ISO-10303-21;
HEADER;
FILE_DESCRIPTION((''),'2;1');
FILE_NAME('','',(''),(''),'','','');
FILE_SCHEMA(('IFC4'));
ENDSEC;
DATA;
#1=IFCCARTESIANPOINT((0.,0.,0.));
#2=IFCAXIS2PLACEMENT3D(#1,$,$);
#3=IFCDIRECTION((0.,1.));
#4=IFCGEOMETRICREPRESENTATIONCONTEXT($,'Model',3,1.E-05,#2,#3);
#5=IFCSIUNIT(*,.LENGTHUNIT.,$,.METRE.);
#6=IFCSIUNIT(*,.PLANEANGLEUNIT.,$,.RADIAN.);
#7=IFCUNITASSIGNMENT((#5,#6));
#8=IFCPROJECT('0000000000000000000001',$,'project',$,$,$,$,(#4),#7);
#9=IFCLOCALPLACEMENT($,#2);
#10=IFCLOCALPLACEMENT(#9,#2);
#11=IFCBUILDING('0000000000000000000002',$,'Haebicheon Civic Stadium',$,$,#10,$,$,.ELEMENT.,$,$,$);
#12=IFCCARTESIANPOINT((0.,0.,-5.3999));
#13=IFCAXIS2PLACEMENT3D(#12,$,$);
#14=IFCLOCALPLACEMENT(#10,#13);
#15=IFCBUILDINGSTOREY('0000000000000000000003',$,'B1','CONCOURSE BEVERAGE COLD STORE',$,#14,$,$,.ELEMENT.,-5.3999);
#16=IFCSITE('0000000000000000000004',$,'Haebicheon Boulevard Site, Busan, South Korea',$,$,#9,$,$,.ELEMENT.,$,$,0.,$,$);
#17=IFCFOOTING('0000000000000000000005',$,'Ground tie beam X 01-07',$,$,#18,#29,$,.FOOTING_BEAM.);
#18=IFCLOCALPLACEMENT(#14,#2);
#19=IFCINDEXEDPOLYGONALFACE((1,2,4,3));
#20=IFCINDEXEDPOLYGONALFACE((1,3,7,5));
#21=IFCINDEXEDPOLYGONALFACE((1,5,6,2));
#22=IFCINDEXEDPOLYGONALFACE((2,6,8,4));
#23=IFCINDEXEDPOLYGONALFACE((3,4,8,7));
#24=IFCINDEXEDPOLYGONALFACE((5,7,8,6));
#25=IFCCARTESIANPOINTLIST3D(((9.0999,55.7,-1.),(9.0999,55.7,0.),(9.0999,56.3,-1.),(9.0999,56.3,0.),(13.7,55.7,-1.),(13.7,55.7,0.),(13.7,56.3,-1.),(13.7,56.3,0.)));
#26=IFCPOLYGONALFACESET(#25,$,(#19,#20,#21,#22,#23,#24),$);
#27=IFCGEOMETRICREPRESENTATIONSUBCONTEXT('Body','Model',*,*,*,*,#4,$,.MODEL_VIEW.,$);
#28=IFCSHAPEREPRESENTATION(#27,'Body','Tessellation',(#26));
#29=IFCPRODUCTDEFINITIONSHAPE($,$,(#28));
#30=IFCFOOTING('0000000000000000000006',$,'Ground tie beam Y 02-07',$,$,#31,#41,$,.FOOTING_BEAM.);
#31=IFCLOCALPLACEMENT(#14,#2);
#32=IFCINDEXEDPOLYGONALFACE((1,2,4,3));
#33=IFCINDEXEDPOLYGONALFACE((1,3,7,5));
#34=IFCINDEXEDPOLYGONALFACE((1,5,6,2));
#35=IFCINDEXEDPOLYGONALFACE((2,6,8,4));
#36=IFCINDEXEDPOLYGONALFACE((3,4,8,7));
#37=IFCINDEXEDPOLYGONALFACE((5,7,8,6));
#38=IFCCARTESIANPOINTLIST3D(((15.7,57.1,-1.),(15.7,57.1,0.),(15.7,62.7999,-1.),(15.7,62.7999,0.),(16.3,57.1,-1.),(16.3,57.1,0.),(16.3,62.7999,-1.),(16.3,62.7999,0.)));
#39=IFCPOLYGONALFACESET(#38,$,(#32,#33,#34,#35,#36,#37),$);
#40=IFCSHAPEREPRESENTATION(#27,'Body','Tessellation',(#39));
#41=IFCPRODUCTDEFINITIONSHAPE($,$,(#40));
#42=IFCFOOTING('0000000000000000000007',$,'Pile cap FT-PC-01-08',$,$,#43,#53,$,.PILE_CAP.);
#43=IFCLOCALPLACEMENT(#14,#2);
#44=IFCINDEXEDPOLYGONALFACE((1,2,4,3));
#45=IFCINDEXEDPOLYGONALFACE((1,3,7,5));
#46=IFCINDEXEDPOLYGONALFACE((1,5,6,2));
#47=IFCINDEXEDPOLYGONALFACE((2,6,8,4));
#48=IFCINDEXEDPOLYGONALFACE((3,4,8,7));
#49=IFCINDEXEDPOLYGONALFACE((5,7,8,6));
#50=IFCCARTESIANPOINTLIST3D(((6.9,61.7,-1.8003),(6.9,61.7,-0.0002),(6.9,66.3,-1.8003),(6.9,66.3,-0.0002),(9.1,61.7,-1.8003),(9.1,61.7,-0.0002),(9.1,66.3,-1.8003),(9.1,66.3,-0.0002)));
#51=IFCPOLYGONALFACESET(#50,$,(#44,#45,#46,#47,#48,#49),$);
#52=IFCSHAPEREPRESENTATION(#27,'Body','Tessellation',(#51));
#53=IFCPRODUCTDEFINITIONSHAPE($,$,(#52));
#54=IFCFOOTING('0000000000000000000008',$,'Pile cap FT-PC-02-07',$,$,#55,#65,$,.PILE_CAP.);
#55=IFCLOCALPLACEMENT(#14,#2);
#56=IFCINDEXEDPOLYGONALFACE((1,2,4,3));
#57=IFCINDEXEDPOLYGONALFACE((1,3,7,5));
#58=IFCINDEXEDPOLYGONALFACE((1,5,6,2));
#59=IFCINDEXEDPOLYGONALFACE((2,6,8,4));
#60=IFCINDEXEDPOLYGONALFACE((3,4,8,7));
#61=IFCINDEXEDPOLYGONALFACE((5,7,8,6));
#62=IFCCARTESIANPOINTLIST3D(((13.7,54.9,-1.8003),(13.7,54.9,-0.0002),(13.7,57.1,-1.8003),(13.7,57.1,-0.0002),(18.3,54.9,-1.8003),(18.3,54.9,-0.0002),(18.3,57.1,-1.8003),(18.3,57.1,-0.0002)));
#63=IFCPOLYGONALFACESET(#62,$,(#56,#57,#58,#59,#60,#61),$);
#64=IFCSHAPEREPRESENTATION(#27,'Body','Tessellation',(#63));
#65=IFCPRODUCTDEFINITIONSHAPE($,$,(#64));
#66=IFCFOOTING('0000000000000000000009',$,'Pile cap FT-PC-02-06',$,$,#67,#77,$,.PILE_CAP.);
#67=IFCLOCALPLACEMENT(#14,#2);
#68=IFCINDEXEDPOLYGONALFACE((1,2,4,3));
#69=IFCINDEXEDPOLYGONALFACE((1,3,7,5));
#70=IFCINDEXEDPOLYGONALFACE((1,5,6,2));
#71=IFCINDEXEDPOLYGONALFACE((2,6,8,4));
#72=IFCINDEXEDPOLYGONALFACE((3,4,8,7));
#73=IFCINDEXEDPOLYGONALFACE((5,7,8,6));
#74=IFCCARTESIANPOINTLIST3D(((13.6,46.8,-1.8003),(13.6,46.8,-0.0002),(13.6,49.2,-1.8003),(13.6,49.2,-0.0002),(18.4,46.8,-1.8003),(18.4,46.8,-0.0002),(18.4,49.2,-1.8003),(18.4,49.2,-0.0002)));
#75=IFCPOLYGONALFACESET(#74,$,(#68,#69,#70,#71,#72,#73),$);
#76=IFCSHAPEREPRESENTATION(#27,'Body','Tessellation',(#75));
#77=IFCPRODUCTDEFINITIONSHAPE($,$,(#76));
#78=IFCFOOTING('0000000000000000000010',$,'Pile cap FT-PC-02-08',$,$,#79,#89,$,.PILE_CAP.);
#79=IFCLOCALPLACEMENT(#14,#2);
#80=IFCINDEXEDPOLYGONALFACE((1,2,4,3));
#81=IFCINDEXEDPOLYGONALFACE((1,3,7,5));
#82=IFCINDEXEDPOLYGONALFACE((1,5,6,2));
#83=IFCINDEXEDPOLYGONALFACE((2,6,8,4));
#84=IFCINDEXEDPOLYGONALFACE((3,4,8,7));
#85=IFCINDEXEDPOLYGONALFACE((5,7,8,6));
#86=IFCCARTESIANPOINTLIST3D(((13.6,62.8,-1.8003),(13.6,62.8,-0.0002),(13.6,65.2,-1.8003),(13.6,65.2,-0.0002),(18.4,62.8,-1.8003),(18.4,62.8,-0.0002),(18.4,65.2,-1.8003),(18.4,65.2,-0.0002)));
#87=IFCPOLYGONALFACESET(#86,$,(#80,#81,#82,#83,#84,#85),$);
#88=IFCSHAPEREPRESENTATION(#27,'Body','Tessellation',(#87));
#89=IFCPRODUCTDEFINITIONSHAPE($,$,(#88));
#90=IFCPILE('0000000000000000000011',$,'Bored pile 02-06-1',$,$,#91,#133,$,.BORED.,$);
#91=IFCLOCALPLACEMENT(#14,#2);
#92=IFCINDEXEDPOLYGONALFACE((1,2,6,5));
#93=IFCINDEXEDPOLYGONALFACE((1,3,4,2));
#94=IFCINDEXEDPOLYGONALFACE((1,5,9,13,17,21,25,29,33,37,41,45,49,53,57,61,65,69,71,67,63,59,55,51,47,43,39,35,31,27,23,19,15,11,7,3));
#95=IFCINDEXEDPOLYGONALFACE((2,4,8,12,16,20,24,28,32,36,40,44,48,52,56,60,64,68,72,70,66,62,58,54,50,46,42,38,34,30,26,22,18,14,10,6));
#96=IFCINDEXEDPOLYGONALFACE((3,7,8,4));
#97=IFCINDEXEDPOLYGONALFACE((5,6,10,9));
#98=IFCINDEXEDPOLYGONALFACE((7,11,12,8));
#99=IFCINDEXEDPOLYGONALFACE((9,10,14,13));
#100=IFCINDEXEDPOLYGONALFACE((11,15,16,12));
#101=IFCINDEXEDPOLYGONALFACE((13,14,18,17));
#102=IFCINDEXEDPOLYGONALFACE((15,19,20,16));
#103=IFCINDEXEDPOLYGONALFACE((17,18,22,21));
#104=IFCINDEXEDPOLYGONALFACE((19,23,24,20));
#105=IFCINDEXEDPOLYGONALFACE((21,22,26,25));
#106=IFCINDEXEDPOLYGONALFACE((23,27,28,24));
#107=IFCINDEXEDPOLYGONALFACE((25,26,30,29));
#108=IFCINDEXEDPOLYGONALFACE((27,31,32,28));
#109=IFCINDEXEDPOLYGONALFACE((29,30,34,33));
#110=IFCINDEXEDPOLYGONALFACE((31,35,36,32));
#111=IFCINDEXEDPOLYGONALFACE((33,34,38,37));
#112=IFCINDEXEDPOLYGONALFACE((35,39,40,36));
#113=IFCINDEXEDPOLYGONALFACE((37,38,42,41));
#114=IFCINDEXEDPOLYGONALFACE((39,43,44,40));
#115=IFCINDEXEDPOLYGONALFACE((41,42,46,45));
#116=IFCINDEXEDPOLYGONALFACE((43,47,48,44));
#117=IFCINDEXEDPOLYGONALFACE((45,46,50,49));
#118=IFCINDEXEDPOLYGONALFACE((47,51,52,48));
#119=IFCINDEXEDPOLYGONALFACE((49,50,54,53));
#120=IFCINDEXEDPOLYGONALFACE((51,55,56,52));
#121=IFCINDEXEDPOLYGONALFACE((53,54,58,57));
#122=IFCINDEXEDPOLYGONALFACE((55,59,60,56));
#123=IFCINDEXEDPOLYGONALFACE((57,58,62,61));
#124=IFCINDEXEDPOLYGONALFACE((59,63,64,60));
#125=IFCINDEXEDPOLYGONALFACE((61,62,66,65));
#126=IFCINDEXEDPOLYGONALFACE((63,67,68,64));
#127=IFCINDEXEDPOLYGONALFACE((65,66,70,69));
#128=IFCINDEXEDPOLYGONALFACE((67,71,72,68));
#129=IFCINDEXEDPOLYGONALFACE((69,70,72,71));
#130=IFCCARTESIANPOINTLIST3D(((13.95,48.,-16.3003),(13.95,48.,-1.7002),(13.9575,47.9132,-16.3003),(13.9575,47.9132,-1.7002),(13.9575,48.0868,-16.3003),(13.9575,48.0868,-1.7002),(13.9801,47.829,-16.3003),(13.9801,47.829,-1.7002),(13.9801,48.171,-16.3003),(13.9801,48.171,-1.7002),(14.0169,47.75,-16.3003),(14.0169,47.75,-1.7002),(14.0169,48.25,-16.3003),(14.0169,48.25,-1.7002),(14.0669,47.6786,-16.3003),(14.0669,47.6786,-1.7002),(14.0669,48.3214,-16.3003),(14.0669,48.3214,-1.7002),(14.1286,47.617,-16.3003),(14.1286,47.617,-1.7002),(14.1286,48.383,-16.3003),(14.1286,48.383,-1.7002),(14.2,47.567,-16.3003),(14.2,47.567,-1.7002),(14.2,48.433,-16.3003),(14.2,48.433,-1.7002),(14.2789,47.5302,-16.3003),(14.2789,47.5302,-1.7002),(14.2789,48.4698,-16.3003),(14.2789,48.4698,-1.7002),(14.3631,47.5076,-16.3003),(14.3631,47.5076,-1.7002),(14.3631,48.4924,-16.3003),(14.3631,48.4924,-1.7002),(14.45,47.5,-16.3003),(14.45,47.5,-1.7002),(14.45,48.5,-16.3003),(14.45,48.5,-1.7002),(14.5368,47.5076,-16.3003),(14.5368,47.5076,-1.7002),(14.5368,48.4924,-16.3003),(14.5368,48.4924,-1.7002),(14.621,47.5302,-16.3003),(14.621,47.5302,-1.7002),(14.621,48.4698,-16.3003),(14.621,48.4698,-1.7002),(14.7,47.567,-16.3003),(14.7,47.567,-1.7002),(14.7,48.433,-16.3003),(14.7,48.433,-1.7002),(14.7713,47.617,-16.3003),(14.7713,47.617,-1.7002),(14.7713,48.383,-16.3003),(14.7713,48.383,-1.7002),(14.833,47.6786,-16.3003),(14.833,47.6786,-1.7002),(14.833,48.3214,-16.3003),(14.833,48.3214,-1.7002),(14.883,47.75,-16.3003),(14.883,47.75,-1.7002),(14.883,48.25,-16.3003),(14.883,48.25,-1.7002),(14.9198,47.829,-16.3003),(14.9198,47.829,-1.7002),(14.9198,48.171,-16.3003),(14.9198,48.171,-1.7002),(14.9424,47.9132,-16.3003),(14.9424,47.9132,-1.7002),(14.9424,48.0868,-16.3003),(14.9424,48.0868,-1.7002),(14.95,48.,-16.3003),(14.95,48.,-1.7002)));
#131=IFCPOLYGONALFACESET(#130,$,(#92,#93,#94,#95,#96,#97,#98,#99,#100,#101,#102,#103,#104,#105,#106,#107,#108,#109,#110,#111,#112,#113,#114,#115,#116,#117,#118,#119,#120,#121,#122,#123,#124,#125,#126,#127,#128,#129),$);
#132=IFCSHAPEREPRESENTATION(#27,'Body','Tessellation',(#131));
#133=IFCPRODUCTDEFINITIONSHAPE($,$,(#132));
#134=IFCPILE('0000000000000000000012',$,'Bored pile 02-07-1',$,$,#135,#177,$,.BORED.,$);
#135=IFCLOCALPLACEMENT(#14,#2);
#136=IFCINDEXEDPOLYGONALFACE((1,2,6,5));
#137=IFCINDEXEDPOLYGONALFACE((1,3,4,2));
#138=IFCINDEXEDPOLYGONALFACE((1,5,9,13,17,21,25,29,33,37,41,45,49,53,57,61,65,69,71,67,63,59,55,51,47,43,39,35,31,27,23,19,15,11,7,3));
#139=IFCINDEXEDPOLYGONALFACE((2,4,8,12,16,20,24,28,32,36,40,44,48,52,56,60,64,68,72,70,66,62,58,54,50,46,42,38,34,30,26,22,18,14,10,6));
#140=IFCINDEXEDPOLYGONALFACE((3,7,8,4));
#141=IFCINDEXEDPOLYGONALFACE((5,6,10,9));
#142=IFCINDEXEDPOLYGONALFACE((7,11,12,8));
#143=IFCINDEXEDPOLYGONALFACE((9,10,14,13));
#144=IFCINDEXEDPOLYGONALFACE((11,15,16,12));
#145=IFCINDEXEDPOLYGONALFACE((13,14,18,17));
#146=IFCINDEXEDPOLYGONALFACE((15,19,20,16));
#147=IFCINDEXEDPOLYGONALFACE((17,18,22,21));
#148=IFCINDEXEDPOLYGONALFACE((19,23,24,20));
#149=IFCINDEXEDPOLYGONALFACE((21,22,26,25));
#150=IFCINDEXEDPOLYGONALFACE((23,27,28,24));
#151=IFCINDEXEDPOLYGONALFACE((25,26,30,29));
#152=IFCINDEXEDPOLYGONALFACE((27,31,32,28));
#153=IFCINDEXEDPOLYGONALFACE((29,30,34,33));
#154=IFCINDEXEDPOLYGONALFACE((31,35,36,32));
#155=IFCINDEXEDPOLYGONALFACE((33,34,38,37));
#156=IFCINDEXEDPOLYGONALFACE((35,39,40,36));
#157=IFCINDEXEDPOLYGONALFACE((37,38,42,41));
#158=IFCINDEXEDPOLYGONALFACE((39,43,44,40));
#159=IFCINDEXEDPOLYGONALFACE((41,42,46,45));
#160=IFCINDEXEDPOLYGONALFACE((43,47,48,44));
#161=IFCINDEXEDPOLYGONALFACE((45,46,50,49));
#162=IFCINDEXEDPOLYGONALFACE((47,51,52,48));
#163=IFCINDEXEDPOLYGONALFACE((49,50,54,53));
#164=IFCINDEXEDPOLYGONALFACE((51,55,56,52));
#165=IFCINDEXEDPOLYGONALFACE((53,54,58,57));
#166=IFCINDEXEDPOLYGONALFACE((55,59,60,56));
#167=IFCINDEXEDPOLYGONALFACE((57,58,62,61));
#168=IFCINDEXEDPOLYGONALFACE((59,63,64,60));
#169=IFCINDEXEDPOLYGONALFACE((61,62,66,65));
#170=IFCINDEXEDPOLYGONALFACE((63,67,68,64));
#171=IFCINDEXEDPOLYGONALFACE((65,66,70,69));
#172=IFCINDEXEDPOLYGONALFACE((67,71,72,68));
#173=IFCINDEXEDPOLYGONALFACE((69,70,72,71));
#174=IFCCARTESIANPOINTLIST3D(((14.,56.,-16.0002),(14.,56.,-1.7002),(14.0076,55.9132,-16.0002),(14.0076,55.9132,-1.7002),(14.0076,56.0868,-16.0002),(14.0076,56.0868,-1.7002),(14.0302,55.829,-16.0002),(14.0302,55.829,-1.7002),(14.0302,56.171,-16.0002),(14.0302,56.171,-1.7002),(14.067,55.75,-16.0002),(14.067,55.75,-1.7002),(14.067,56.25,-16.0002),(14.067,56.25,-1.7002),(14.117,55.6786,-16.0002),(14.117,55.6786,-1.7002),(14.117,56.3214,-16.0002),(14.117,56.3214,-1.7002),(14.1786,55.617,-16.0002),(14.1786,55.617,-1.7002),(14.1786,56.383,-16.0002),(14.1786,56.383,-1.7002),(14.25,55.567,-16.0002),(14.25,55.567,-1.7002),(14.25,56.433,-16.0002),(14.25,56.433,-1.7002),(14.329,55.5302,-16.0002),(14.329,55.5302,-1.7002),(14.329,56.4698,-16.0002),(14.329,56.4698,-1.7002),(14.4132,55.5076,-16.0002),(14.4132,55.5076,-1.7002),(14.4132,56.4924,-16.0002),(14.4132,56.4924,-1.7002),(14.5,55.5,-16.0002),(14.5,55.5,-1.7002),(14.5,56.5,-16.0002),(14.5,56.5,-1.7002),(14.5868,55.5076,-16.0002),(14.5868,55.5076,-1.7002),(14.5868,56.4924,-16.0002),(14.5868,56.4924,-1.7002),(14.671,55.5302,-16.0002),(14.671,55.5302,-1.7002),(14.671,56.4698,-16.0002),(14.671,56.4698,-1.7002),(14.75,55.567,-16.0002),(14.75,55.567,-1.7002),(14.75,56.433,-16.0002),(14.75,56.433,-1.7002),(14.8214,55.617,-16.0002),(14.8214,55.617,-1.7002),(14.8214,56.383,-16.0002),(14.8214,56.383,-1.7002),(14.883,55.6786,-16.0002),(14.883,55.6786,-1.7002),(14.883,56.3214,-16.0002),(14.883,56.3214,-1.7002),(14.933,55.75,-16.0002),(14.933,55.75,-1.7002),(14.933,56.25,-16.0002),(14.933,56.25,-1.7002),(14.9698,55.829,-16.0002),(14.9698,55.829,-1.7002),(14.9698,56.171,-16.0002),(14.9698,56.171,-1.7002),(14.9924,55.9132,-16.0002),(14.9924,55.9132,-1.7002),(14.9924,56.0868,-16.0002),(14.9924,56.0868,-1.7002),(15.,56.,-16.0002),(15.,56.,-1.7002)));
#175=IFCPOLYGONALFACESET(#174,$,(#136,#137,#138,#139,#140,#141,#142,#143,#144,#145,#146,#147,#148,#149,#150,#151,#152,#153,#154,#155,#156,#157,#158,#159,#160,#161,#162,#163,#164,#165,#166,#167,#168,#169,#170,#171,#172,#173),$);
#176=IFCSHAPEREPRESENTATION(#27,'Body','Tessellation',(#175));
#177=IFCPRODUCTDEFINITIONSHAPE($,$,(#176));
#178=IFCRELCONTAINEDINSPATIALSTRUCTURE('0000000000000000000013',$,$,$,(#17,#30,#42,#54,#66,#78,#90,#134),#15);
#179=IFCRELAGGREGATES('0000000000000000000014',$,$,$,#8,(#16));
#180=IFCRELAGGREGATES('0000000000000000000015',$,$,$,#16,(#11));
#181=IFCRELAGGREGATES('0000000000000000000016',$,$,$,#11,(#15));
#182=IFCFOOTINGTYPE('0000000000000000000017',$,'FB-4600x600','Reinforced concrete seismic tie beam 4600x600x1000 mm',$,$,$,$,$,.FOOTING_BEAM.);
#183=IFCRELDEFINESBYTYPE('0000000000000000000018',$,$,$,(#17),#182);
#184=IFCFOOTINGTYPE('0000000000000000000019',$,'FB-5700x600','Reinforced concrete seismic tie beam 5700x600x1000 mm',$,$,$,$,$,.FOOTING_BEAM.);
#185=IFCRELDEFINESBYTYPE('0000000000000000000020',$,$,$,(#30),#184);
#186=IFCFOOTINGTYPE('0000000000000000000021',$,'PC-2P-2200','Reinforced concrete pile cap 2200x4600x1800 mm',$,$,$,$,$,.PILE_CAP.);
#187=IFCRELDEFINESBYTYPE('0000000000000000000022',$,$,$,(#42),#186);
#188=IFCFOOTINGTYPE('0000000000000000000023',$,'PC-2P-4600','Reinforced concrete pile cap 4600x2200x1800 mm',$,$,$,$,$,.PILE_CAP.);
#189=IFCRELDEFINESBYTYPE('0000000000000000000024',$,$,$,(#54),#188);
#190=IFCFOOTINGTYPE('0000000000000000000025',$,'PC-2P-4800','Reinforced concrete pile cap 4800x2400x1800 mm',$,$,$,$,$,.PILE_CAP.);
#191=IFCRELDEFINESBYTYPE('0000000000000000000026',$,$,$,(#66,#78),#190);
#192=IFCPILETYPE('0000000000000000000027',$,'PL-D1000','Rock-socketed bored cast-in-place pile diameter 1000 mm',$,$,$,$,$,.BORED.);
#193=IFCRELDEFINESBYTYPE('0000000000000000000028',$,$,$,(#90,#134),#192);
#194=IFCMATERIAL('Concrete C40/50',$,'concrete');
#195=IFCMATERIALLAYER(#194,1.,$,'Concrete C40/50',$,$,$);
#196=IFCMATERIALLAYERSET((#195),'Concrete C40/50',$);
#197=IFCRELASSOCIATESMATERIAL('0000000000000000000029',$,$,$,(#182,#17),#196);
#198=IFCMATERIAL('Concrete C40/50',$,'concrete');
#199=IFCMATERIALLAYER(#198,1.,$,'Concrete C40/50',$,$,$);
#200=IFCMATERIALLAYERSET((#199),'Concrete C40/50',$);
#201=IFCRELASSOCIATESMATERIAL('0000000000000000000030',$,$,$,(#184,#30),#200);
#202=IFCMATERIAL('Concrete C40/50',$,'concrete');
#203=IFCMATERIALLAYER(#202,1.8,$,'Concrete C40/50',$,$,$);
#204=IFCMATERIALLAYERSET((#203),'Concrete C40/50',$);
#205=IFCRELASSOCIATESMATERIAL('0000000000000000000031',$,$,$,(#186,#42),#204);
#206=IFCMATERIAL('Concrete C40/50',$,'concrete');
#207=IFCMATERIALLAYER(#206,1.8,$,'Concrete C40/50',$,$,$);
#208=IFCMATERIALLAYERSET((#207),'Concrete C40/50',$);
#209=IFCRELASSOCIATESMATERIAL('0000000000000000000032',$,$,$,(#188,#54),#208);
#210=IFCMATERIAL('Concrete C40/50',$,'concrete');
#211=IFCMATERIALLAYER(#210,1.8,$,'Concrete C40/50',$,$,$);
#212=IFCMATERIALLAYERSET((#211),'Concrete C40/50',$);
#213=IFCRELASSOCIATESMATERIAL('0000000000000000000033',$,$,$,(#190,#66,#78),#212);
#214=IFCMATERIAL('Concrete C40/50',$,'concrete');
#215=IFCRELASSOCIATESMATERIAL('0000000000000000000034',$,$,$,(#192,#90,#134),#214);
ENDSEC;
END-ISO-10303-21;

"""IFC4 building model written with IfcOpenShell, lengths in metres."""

from ifc_helpers import new_model, si_unit, direction, frame, origin, origin_2d, place, context, subcontext, project, spatial, rectangle, circle, extrude, material, layer, layer_set, material_profile, profile_set, type_object, element, save


model = new_model("IFC4")

# Units and contexts
model_context = context("Model", 3, precision=1e-05, world=origin(), true_north=direction((0.0, 1.0)))
body_context = subcontext(model_context, "Body", "Model", "MODEL_VIEW")
ifc_project = project(units=[si_unit("LENGTHUNIT", "METRE"), si_unit("PLANEANGLEUNIT", "RADIAN")], contexts=[model_context])

# Site, building, storey
site_placement = place(None, origin())
site = spatial("IfcSite", under=ifc_project, at=site_placement, Name="Haebicheon Boulevard Site, Busan, South Korea", CompositionType="ELEMENT", RefElevation=0.0)
building_placement = place(site_placement, origin())
building = spatial("IfcBuilding", under=site, at=building_placement, Name="Haebicheon Civic Stadium", CompositionType="ELEMENT")
storey_placement = place(building_placement, frame((0.0, 0.0, -5.3999)))
storey = spatial("IfcBuildingStorey", under=building, at=storey_placement, Name="B1", Description="CONCOURSE BEVERAGE COLD STORE", CompositionType="ELEMENT", Elevation=-5.3999)

# Footings
ifc_material_1 = material(Name="Concrete C40/50", Category="concrete")
ifc_layer_1 = layer(ifc_material_1, 1.0, Name="Concrete C40/50")
ifc_layer_set_1 = layer_set([ifc_layer_1], Name="Concrete C40/50")
footing_type_1 = type_object("IfcFootingType", Name="FB-4600x600", Description="Reinforced concrete seismic tie beam 4600x600x1000 mm", PredefinedType="FOOTING_BEAM", material=ifc_layer_set_1)
footing_1_placement = place(storey_placement, frame((11.3999, 56.0, -1.0), z_axis=(0.0, 0.0, 1.0), x_axis=(1.0, 0.0, 0.0)))
element("IfcFooting", 1, at=footing_1_placement, inside=storey, type_object=footing_type_1, material=ifc_layer_set_1, Name="Ground tie beam X 01-07", PredefinedType="FOOTING_BEAM", context=body_context, shape_type="SweptSolid", body=[
    extrude(rectangle(XDim=4.6001, YDim=0.6001, at=origin_2d()), origin(), (0.0, 0.0, 1.0), 1.0),
])
ifc_material_2 = material(Name="Concrete C40/50", Category="concrete")
ifc_layer_2 = layer(ifc_material_2, 1.0, Name="Concrete C40/50")
ifc_layer_set_2 = layer_set([ifc_layer_2], Name="Concrete C40/50")
footing_type_2 = type_object("IfcFootingType", Name="FB-5700x600", Description="Reinforced concrete seismic tie beam 5700x600x1000 mm", PredefinedType="FOOTING_BEAM", material=ifc_layer_set_2)
footing_2_placement = place(storey_placement, frame((16.0, 59.95, -1.0), z_axis=(0.0, 0.0, 1.0), x_axis=(0.0, 1.0, 0.0)))
element("IfcFooting", 2, at=footing_2_placement, inside=storey, type_object=footing_type_2, material=ifc_layer_set_2, Name="Ground tie beam Y 02-07", PredefinedType="FOOTING_BEAM", context=body_context, shape_type="SweptSolid", body=[
    extrude(rectangle(XDim=5.7, YDim=0.6001, at=origin_2d()), origin(), (0.0, 0.0, 1.0), 1.0),
])
ifc_material_3 = material(Name="Concrete C40/50", Category="concrete")
ifc_layer_3 = layer(ifc_material_3, 1.8, Name="Concrete C40/50")
ifc_layer_set_3 = layer_set([ifc_layer_3], Name="Concrete C40/50")
footing_type_3 = type_object("IfcFootingType", Name="PC-2P-2200", Description="Reinforced concrete pile cap 2200x4600x1800 mm", PredefinedType="PILE_CAP", material=ifc_layer_set_3)
footing_3_placement = place(storey_placement, frame((8.0, 64.0, -1.8003), z_axis=(0.0, 0.0, 1.0), x_axis=(1.0, 0.0, 0.0)))
element("IfcFooting", 3, at=footing_3_placement, inside=storey, type_object=footing_type_3, material=ifc_layer_set_3, Name="Pile cap FT-PC-01-08", PredefinedType="PILE_CAP", context=body_context, shape_type="SweptSolid", body=[
    extrude(rectangle(XDim=2.2, YDim=4.6001, at=origin_2d()), origin(), (0.0, 0.0, 1.0), 1.8),
])
ifc_material_4 = material(Name="Concrete C40/50", Category="concrete")
ifc_layer_4 = layer(ifc_material_4, 1.8, Name="Concrete C40/50")
ifc_layer_set_4 = layer_set([ifc_layer_4], Name="Concrete C40/50")
footing_type_4 = type_object("IfcFootingType", Name="PC-2P-4600", Description="Reinforced concrete pile cap 4600x2200x1800 mm", PredefinedType="PILE_CAP", material=ifc_layer_set_4)
footing_4_placement = place(storey_placement, frame((16.0, 56.0, -1.8003), z_axis=(0.0, 0.0, 1.0), x_axis=(1.0, 0.0, 0.0)))
element("IfcFooting", 4, at=footing_4_placement, inside=storey, type_object=footing_type_4, material=ifc_layer_set_4, Name="Pile cap FT-PC-02-07", PredefinedType="PILE_CAP", context=body_context, shape_type="SweptSolid", body=[
    extrude(rectangle(XDim=4.6001, YDim=2.2, at=origin_2d()), origin(), (0.0, 0.0, 1.0), 1.8),
])
ifc_material_5 = material(Name="Concrete C40/50", Category="concrete")
ifc_layer_5 = layer(ifc_material_5, 1.8, Name="Concrete C40/50")
ifc_layer_set_5 = layer_set([ifc_layer_5], Name="Concrete C40/50")
footing_type_5 = type_object("IfcFootingType", Name="PC-2P-4800", Description="Reinforced concrete pile cap 4800x2400x1800 mm", PredefinedType="PILE_CAP", material=ifc_layer_set_5)
for number, where, z_axis, x_axis, name in (
    (5, (16.0, 48.0, -1.8003), (0.0, 0.0, 1.0), (1.0, 0.0, 0.0), "Pile cap FT-PC-02-06"),
    (6, (16.0, 64.0, -1.8003), (0.0, 0.0, 1.0), (1.0, 0.0, 0.0), "Pile cap FT-PC-02-08"),
):
    element("IfcFooting", number, at=place(storey_placement, frame(where, z_axis=z_axis, x_axis=x_axis)), inside=storey, type_object=footing_type_5, material=ifc_layer_set_5, Name=name, PredefinedType="PILE_CAP", context=body_context, shape_type="SweptSolid", body=[
        extrude(rectangle(XDim=4.8, YDim=2.3999, at=origin_2d()), origin(), (0.0, 0.0, 1.0), 1.8),
    ])

# Piles
ifc_material_6 = material(Name="Concrete C40/50", Category="concrete")
ifc_material_profile_1 = material_profile(ifc_material_6, circle(Radius=0.5, at=origin_2d()), Name="PILE-D1000")
ifc_profile_set_1 = profile_set([ifc_material_profile_1], Name="Concrete C40/50")
pile_type = type_object("IfcPileType", Name="PL-D1000", Description="Rock-socketed bored cast-in-place pile diameter 1000 mm", PredefinedType="BORED", material=ifc_profile_set_1)
pile_1_placement = place(storey_placement, frame((14.45, 48.0, -1.7002), z_axis=(0.0, 0.0, -1.0), x_axis=(1.0, 0.0, 0.0)))
element("IfcPile", 7, at=pile_1_placement, inside=storey, type_object=pile_type, material=ifc_profile_set_1, Name="Bored pile 02-06-1", PredefinedType="BORED", context=body_context, shape_type="SweptSolid", body=[
    extrude(circle(Radius=0.5, at=origin_2d()), origin(), (0.0, 0.0, 1.0), 14.6001),
])
pile_2_placement = place(storey_placement, frame((14.5, 56.0, -1.7002), z_axis=(0.0, 0.0, -1.0), x_axis=(1.0, 0.0, 0.0)))
element("IfcPile", 8, at=pile_2_placement, inside=storey, type_object=pile_type, material=ifc_profile_set_1, Name="Bored pile 02-07-1", PredefinedType="BORED", context=body_context, shape_type="SweptSolid", body=[
    extrude(circle(Radius=0.5, at=origin_2d()), origin(), (0.0, 0.0, 1.0), 14.3),
])

save(model, "model.ifc")
